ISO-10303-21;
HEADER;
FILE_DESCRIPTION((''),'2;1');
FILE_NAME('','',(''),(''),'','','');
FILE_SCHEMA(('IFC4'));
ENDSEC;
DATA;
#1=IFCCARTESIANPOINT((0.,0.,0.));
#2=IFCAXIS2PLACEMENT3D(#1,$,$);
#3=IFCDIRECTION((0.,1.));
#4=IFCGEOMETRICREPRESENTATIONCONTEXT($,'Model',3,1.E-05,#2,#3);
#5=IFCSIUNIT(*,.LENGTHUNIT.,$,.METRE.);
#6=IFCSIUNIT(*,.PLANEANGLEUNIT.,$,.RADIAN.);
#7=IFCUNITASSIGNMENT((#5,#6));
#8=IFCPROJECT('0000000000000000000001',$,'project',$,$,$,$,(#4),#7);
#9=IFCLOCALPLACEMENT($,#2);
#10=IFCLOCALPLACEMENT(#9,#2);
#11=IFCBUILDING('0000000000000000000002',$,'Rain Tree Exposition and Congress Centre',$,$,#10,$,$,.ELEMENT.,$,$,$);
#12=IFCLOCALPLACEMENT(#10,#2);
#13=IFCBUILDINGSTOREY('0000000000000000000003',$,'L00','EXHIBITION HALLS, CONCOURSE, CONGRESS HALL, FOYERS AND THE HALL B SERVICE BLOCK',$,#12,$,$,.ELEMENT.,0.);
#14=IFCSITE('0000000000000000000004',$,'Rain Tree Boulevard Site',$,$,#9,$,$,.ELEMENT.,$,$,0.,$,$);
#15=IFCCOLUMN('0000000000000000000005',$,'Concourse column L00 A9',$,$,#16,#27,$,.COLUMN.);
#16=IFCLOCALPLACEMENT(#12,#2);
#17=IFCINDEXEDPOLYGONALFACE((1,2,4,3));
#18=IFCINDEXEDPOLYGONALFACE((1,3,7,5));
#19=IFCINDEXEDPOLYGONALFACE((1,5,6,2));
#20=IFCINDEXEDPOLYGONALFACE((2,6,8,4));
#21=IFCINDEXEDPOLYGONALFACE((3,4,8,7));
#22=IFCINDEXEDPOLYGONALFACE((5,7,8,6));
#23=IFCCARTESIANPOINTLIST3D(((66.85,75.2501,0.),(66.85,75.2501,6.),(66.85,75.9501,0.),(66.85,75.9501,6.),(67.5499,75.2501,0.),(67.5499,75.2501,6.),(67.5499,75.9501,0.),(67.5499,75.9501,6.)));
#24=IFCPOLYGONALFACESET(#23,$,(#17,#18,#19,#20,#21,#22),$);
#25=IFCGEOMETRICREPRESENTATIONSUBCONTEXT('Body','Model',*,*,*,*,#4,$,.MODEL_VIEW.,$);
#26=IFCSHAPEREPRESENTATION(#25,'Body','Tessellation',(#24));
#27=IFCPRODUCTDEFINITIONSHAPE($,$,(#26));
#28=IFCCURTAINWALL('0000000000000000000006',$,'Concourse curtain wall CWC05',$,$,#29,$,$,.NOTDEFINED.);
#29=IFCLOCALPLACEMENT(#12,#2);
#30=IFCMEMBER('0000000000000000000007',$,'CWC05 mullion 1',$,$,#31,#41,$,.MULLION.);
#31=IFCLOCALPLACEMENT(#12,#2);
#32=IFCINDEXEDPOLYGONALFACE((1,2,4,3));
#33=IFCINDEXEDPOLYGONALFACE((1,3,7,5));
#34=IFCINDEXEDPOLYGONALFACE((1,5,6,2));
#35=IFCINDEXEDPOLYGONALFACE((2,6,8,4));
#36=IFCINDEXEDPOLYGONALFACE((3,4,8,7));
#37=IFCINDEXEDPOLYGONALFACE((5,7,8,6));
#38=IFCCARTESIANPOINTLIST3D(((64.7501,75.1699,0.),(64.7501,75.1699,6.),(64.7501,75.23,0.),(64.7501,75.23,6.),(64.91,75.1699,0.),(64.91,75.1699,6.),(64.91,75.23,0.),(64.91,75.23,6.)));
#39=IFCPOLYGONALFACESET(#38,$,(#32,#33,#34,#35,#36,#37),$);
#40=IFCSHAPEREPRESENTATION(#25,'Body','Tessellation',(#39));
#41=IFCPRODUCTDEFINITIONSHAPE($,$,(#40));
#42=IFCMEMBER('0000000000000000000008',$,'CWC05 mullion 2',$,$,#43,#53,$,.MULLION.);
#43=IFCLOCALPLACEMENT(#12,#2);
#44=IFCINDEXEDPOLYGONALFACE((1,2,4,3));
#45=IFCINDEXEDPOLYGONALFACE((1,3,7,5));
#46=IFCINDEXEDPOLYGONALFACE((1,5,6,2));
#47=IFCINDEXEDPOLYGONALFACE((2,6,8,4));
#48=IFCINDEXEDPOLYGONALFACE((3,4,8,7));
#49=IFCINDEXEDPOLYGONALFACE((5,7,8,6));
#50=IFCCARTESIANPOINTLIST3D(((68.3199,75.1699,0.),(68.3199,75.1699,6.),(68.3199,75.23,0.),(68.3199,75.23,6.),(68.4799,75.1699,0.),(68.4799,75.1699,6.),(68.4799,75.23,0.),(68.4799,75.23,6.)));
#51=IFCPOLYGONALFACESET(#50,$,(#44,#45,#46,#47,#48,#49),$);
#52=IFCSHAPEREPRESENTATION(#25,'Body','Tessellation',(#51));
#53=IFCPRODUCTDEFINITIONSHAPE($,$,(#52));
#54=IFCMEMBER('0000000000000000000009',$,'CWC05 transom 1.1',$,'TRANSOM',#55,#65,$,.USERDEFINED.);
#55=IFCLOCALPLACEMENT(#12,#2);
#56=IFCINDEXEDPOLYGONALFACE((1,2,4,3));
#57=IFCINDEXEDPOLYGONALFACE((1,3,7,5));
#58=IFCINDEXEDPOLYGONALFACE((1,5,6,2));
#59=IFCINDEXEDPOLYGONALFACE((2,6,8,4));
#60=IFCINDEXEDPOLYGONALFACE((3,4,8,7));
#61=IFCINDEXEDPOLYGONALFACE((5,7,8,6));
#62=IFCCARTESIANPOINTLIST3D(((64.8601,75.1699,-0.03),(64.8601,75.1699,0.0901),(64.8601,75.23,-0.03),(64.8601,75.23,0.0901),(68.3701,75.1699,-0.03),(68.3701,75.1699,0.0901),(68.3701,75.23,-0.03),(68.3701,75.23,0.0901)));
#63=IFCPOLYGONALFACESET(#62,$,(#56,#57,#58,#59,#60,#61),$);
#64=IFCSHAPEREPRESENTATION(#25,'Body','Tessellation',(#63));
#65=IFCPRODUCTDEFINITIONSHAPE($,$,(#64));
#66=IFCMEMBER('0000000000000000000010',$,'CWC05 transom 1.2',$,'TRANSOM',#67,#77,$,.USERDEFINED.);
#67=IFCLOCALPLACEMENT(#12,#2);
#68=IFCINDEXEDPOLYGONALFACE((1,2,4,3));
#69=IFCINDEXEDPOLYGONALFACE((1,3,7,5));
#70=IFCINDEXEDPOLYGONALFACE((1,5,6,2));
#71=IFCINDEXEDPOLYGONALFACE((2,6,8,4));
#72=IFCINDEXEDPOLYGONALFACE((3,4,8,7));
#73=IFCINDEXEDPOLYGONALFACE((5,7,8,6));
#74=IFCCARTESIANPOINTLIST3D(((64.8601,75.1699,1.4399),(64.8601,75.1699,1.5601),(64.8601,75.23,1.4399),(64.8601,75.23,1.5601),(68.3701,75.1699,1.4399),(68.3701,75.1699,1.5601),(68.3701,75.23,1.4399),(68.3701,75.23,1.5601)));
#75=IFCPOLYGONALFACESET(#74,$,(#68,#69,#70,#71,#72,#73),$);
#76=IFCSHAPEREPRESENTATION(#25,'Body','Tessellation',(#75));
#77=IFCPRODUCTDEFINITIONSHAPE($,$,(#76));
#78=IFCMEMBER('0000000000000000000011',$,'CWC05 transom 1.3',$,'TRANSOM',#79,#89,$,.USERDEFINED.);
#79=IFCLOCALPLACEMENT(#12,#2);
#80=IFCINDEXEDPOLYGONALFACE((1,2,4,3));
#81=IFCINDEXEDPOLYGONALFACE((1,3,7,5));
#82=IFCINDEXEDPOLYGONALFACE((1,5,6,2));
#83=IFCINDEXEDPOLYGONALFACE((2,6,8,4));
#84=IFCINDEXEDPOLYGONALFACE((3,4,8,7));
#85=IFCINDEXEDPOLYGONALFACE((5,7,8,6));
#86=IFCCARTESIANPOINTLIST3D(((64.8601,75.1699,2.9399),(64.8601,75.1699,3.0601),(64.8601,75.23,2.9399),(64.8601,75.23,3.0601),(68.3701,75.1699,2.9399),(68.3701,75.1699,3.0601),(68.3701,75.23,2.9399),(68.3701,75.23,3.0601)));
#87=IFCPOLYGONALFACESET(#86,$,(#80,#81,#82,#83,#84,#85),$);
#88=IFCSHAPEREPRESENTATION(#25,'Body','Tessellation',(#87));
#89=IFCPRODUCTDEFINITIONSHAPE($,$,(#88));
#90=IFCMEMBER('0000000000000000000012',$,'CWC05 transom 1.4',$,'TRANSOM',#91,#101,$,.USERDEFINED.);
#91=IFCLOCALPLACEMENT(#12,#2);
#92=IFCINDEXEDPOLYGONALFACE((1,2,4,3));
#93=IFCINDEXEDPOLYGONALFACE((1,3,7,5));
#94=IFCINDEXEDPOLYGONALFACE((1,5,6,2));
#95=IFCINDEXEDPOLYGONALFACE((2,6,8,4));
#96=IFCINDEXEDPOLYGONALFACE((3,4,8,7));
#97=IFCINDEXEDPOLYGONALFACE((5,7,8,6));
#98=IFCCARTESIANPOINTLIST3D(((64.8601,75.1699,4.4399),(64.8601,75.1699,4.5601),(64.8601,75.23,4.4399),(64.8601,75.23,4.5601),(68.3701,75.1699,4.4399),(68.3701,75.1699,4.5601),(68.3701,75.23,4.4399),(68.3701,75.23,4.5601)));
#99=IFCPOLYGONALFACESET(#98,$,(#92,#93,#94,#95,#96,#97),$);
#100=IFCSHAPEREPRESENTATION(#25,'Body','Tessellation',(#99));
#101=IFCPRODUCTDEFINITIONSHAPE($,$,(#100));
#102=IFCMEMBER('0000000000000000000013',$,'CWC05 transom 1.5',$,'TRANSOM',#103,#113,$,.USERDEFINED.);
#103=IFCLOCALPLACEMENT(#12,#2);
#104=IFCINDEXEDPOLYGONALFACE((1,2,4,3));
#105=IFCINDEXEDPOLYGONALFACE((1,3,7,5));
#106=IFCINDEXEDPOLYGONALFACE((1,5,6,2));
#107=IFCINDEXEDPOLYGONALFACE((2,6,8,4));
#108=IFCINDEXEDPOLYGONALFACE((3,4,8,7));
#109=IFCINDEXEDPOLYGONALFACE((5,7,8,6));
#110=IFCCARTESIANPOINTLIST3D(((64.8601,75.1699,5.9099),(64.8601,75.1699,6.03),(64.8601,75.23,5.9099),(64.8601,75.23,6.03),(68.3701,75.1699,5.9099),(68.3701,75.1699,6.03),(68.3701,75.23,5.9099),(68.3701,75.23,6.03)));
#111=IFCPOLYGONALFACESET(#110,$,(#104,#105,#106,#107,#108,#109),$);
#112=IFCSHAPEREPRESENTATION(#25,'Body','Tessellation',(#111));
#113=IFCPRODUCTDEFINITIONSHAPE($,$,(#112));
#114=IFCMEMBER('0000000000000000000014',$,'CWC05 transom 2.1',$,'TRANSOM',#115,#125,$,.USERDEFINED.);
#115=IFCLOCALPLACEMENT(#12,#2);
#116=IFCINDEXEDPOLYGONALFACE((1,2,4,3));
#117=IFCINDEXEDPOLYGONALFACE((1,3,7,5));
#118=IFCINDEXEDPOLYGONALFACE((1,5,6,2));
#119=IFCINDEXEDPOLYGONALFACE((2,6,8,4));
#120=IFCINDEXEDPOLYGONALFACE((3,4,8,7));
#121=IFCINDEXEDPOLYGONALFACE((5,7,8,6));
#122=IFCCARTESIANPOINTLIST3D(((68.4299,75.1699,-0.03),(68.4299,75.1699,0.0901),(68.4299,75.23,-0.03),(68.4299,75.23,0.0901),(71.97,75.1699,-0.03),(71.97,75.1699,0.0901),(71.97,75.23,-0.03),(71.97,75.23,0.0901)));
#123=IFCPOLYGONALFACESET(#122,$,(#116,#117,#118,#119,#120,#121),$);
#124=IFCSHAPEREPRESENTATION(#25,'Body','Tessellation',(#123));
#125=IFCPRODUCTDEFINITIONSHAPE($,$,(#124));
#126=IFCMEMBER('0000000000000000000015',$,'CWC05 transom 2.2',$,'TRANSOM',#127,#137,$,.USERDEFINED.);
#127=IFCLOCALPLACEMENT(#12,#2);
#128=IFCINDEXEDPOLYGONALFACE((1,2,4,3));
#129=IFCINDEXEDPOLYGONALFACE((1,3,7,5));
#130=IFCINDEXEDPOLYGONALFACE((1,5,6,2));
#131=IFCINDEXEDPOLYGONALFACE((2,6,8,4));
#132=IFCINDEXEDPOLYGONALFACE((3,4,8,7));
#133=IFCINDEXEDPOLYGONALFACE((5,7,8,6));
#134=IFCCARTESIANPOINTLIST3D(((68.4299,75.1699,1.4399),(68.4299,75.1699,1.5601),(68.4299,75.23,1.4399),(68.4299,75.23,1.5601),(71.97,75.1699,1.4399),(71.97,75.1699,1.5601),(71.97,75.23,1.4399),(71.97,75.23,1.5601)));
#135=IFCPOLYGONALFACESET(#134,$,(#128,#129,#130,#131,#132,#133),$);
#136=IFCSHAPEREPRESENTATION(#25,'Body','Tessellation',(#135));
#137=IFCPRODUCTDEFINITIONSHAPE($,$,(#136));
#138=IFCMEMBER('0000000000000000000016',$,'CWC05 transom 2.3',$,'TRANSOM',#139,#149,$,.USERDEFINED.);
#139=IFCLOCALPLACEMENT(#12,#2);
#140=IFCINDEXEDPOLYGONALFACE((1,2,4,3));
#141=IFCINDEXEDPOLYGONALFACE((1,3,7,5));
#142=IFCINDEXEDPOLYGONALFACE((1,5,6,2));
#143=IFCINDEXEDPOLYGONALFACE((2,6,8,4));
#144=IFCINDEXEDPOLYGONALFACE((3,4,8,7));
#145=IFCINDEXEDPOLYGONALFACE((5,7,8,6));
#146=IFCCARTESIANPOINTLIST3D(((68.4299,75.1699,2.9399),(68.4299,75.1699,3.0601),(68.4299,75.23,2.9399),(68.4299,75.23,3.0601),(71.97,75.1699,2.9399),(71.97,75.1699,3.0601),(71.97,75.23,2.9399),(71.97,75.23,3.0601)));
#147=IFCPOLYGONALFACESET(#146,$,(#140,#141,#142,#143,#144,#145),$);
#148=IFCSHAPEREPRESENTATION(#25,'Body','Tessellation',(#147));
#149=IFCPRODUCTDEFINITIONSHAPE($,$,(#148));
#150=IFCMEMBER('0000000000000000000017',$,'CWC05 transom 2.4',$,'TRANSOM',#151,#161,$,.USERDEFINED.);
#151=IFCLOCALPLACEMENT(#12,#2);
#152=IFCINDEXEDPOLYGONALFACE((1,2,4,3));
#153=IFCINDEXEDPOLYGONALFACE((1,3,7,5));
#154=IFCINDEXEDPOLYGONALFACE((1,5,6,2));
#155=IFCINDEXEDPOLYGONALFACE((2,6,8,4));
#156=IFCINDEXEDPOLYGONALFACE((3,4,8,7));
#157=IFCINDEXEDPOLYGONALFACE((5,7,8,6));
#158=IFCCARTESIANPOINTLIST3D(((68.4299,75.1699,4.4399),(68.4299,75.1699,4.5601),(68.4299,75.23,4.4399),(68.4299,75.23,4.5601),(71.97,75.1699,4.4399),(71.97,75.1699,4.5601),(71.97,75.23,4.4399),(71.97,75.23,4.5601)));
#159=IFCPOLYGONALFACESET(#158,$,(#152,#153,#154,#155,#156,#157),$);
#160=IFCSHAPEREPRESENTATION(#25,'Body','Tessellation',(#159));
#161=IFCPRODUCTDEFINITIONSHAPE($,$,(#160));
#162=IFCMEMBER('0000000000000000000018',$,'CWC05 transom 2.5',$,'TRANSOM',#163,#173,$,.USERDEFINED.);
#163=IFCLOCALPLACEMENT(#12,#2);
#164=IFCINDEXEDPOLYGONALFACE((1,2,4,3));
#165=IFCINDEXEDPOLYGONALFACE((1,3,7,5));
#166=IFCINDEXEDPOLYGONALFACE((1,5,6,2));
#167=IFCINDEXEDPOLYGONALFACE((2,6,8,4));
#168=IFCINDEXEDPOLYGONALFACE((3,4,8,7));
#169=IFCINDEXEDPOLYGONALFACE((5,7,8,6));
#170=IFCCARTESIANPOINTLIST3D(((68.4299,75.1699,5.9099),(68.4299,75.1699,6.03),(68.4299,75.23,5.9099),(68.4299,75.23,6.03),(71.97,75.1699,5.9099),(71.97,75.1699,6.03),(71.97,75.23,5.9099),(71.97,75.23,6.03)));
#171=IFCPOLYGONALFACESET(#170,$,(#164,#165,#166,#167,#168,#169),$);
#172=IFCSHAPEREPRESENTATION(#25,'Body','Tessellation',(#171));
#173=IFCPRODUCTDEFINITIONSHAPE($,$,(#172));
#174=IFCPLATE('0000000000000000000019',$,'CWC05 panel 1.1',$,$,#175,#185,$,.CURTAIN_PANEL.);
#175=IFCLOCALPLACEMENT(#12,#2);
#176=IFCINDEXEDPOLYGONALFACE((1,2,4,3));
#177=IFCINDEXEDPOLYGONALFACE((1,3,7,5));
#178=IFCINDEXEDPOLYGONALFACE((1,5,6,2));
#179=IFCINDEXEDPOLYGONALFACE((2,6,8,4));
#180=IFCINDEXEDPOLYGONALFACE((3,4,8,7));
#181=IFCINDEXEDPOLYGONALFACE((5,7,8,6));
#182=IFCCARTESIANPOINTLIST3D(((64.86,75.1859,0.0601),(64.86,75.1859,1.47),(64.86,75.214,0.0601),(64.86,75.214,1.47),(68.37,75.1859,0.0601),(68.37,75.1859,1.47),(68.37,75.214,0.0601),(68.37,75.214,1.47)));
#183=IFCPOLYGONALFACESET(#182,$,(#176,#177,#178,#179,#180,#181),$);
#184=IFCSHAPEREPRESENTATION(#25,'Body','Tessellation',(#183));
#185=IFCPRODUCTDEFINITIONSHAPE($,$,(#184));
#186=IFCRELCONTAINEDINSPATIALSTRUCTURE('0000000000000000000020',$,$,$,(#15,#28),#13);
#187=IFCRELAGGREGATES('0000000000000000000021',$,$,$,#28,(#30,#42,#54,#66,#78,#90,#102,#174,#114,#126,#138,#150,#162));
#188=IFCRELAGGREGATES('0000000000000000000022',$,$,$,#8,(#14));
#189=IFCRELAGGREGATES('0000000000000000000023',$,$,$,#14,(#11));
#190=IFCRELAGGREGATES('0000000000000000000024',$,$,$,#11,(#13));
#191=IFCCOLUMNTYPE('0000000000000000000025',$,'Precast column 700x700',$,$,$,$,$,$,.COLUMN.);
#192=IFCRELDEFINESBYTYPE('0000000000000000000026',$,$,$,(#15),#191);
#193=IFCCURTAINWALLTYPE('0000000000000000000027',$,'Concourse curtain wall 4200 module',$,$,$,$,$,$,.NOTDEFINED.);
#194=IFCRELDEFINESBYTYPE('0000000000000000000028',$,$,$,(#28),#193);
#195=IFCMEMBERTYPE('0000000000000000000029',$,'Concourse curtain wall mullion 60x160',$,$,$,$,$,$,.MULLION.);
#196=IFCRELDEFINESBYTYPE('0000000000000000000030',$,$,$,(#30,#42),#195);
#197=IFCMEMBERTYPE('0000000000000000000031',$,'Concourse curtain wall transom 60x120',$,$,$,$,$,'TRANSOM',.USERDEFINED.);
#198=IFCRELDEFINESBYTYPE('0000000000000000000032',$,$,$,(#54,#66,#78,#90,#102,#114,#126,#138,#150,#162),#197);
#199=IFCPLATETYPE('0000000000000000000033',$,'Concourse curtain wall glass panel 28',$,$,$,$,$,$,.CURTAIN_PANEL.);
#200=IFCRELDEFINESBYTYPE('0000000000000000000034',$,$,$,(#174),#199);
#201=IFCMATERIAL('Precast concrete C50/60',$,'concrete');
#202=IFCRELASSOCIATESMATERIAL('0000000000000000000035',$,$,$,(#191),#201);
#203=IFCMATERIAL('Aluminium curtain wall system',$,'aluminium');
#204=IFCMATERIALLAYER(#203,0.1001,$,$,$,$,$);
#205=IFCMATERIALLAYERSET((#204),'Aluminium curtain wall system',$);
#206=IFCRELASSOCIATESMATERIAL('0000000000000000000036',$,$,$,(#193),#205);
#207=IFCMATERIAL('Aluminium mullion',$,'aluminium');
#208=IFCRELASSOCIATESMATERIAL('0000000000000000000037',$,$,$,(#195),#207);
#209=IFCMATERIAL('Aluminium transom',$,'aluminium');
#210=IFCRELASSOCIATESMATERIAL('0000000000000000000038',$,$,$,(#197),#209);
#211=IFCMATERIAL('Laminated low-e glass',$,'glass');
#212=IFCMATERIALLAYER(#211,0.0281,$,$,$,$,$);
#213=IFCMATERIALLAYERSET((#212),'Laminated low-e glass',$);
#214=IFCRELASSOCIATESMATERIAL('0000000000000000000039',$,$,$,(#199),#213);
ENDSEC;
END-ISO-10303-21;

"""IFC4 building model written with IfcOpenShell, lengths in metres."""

from ifc_helpers import new_model, si_unit, direction, frame, origin, origin_2d, place, context, subcontext, project, spatial, rectangle, extrude, material, layer, layer_set, material_profile, profile_set, type_object, element, aggregate, save


model = new_model("IFC4")

# Units and contexts
model_context = context("Model", 3, precision=1e-05, world=origin(), true_north=direction((0.0, 1.0)))
body_context = subcontext(model_context, "Body", "Model", "MODEL_VIEW")
ifc_project = project(units=[si_unit("LENGTHUNIT", "METRE"), si_unit("PLANEANGLEUNIT", "RADIAN")], contexts=[model_context])

# Site, building, storey
site_placement = place(None, origin())
site = spatial("IfcSite", under=ifc_project, at=site_placement, Name="Rain Tree Boulevard Site", CompositionType="ELEMENT", RefElevation=0.0)
building_placement = place(site_placement, origin())
building = spatial("IfcBuilding", under=site, at=building_placement, Name="Rain Tree Exposition and Congress Centre", CompositionType="ELEMENT")
storey_placement = place(building_placement, origin())
storey = spatial("IfcBuildingStorey", under=building, at=storey_placement, Name="L00", Description="EXHIBITION HALLS, CONCOURSE, CONGRESS HALL, FOYERS AND THE HALL B SERVICE BLOCK", CompositionType="ELEMENT", Elevation=0.0)

# Column
ifc_material_1 = material(Name="Precast concrete C50/60", Category="concrete")
ifc_material_profile_1 = material_profile(ifc_material_1, rectangle(XDim=0.7, YDim=0.7, at=origin_2d()), Name="RC 700x700")
ifc_profile_set_1 = profile_set([ifc_material_profile_1], Name="Precast concrete C50/60")
column_type = type_object("IfcColumnType", Name="Precast column 700x700", PredefinedType="COLUMN", material=ifc_profile_set_1)
column_placement = place(storey_placement, frame((67.2, 75.6001, 0.0), z_axis=(0.0, 0.0, 1.0), x_axis=(1.0, 0.0, 0.0)))
element("IfcColumn", 1, at=column_placement, inside=storey, type_object=column_type, Name="Concourse column L00 A9", PredefinedType="COLUMN", context=body_context, shape_type="SweptSolid", body=[
    extrude(rectangle(XDim=0.7, YDim=0.7, at=origin_2d()), origin(), (0.0, 0.0, 1.0), 6.0),
])

# Curtain wall, members, plate
ifc_material_2 = material(Name="Aluminium curtain wall system", Category="aluminium")
ifc_layer_1 = layer(ifc_material_2, 0.1001)
ifc_layer_set_1 = layer_set([ifc_layer_1], Name="Aluminium curtain wall system")
curtain_wall_type = type_object("IfcCurtainWallType", Name="Concourse curtain wall 4200 module", PredefinedType="NOTDEFINED", material=ifc_layer_set_1)
curtain_wall_placement = place(storey_placement, origin())
curtain_wall = element("IfcCurtainWall", 2, at=curtain_wall_placement, inside=storey, type_object=curtain_wall_type, Name="Concourse curtain wall CWC05", PredefinedType="NOTDEFINED")
ifc_material_3 = material(Name="Aluminium mullion", Category="aluminium")
ifc_material_profile_2 = material_profile(ifc_material_3, rectangle(XDim=0.0601, YDim=0.1599, at=origin_2d()), Name="AL 60x160")
ifc_profile_set_2 = profile_set([ifc_material_profile_2], Name="Aluminium mullion")
member_type_1 = type_object("IfcMemberType", Name="Concourse curtain wall mullion 60x160", PredefinedType="MULLION", material=ifc_profile_set_2)
member_1_placement = place(storey_placement, frame((64.8301, 75.2, 0.0), z_axis=(0.0, 0.0, 1.0), x_axis=(0.0, 1.0, 0.0)))
member_1 = element("IfcMember", 3, at=member_1_placement, type_object=member_type_1, Name="CWC05 mullion 1", PredefinedType="MULLION", context=body_context, shape_type="SweptSolid", body=[
    extrude(rectangle(XDim=0.0601, YDim=0.1599, at=origin_2d()), origin(), (0.0, 0.0, 1.0), 6.0),
])
member_2_placement = place(storey_placement, frame((68.3999, 75.2, 0.0), z_axis=(0.0, 0.0, 1.0), x_axis=(0.0, 1.0, 0.0)))
member_2 = element("IfcMember", 4, at=member_2_placement, type_object=member_type_1, Name="CWC05 mullion 2", PredefinedType="MULLION", context=body_context, shape_type="SweptSolid", body=[
    extrude(rectangle(XDim=0.0601, YDim=0.1599, at=origin_2d()), origin(), (0.0, 0.0, 1.0), 6.0),
])
ifc_material_4 = material(Name="Aluminium transom", Category="aluminium")
ifc_material_profile_3 = material_profile(ifc_material_4, rectangle(XDim=0.0601, YDim=0.1201, at=origin_2d()), Name="AL 60x120")
ifc_profile_set_3 = profile_set([ifc_material_profile_3], Name="Aluminium transom")
member_type_2 = type_object("IfcMemberType", Name="Concourse curtain wall transom 60x120", ElementType="TRANSOM", PredefinedType="USERDEFINED", material=ifc_profile_set_3)
member_3_placement = place(storey_placement, frame((64.8601, 75.2, 0.03), z_axis=(1.0, 0.0, 0.0), x_axis=(0.0, 1.0, 0.0)))
member_3 = element("IfcMember", 5, at=member_3_placement, type_object=member_type_2, Name="CWC05 transom 1.1", ObjectType="TRANSOM", PredefinedType="USERDEFINED", context=body_context, shape_type="SweptSolid", body=[
    extrude(rectangle(XDim=0.0601, YDim=0.1201, at=origin_2d()), origin(), (0.0, 0.0, 1.0), 3.51),
])
member_4_placement = place(storey_placement, frame((64.8601, 75.2, 1.5), z_axis=(1.0, 0.0, 0.0), x_axis=(0.0, 1.0, 0.0)))
member_4 = element("IfcMember", 6, at=member_4_placement, type_object=member_type_2, Name="CWC05 transom 1.2", ObjectType="TRANSOM", PredefinedType="USERDEFINED", context=body_context, shape_type="SweptSolid", body=[
    extrude(rectangle(XDim=0.0601, YDim=0.1201, at=origin_2d()), origin(), (0.0, 0.0, 1.0), 3.51),
])
member_5_placement = place(storey_placement, frame((64.8601, 75.2, 3.0), z_axis=(1.0, 0.0, 0.0), x_axis=(0.0, 1.0, 0.0)))
member_5 = element("IfcMember", 7, at=member_5_placement, type_object=member_type_2, Name="CWC05 transom 1.3", ObjectType="TRANSOM", PredefinedType="USERDEFINED", context=body_context, shape_type="SweptSolid", body=[
    extrude(rectangle(XDim=0.0601, YDim=0.1201, at=origin_2d()), origin(), (0.0, 0.0, 1.0), 3.51),
])
member_6_placement = place(storey_placement, frame((64.8601, 75.2, 4.5), z_axis=(1.0, 0.0, 0.0), x_axis=(0.0, 1.0, 0.0)))
member_6 = element("IfcMember", 8, at=member_6_placement, type_object=member_type_2, Name="CWC05 transom 1.4", ObjectType="TRANSOM", PredefinedType="USERDEFINED", context=body_context, shape_type="SweptSolid", body=[
    extrude(rectangle(XDim=0.0601, YDim=0.1201, at=origin_2d()), origin(), (0.0, 0.0, 1.0), 3.51),
])
member_7_placement = place(storey_placement, frame((64.8601, 75.2, 5.97), z_axis=(1.0, 0.0, 0.0), x_axis=(0.0, 1.0, 0.0)))
member_7 = element("IfcMember", 9, at=member_7_placement, type_object=member_type_2, Name="CWC05 transom 1.5", ObjectType="TRANSOM", PredefinedType="USERDEFINED", context=body_context, shape_type="SweptSolid", body=[
    extrude(rectangle(XDim=0.0601, YDim=0.1201, at=origin_2d()), origin(), (0.0, 0.0, 1.0), 3.51),
])
member_8_placement = place(storey_placement, frame((68.4299, 75.2, 0.03), z_axis=(1.0, 0.0, 0.0), x_axis=(0.0, 1.0, 0.0)))
member_8 = element("IfcMember", 10, at=member_8_placement, type_object=member_type_2, Name="CWC05 transom 2.1", ObjectType="TRANSOM", PredefinedType="USERDEFINED", context=body_context, shape_type="SweptSolid", body=[
    extrude(rectangle(XDim=0.0601, YDim=0.1201, at=origin_2d()), origin(), (0.0, 0.0, 1.0), 3.54),
])
member_9_placement = place(storey_placement, frame((68.4299, 75.2, 1.5), z_axis=(1.0, 0.0, 0.0), x_axis=(0.0, 1.0, 0.0)))
member_9 = element("IfcMember", 11, at=member_9_placement, type_object=member_type_2, Name="CWC05 transom 2.2", ObjectType="TRANSOM", PredefinedType="USERDEFINED", context=body_context, shape_type="SweptSolid", body=[
    extrude(rectangle(XDim=0.0601, YDim=0.1201, at=origin_2d()), origin(), (0.0, 0.0, 1.0), 3.54),
])
member_10_placement = place(storey_placement, frame((68.4299, 75.2, 3.0), z_axis=(1.0, 0.0, 0.0), x_axis=(0.0, 1.0, 0.0)))
member_10 = element("IfcMember", 12, at=member_10_placement, type_object=member_type_2, Name="CWC05 transom 2.3", ObjectType="TRANSOM", PredefinedType="USERDEFINED", context=body_context, shape_type="SweptSolid", body=[
    extrude(rectangle(XDim=0.0601, YDim=0.1201, at=origin_2d()), origin(), (0.0, 0.0, 1.0), 3.54),
])
member_11_placement = place(storey_placement, frame((68.4299, 75.2, 4.5), z_axis=(1.0, 0.0, 0.0), x_axis=(0.0, 1.0, 0.0)))
member_11 = element("IfcMember", 13, at=member_11_placement, type_object=member_type_2, Name="CWC05 transom 2.4", ObjectType="TRANSOM", PredefinedType="USERDEFINED", context=body_context, shape_type="SweptSolid", body=[
    extrude(rectangle(XDim=0.0601, YDim=0.1201, at=origin_2d()), origin(), (0.0, 0.0, 1.0), 3.54),
])
member_12_placement = place(storey_placement, frame((68.4299, 75.2, 5.97), z_axis=(1.0, 0.0, 0.0), x_axis=(0.0, 1.0, 0.0)))
member_12 = element("IfcMember", 14, at=member_12_placement, type_object=member_type_2, Name="CWC05 transom 2.5", ObjectType="TRANSOM", PredefinedType="USERDEFINED", context=body_context, shape_type="SweptSolid", body=[
    extrude(rectangle(XDim=0.0601, YDim=0.1201, at=origin_2d()), origin(), (0.0, 0.0, 1.0), 3.54),
])
ifc_material_5 = material(Name="Laminated low-e glass", Category="glass")
ifc_layer_2 = layer(ifc_material_5, 0.0281)
ifc_layer_set_2 = layer_set([ifc_layer_2], Name="Laminated low-e glass")
plate_type = type_object("IfcPlateType", Name="Concourse curtain wall glass panel 28", PredefinedType="CURTAIN_PANEL", material=ifc_layer_set_2)
plate_1_placement = place(storey_placement, frame((66.615, 75.2, 0.0601), z_axis=(0.0, 0.0, 1.0), x_axis=(1.0, 0.0, 0.0)))
plate_1 = element("IfcPlate", 15, at=plate_1_placement, type_object=plate_type, Name="CWC05 panel 1.1", PredefinedType="CURTAIN_PANEL", context=body_context, shape_type="SweptSolid", body=[
    extrude(rectangle(XDim=3.51, YDim=0.0281, at=origin_2d()), origin(), (0.0, 0.0, 1.0), 1.4099),
])
aggregate(curtain_wall, [member_1, member_2, member_3, member_4, member_5, member_6, member_7, plate_1, member_8, member_9, member_10, member_11, member_12])

save(model, "model.ifc")
